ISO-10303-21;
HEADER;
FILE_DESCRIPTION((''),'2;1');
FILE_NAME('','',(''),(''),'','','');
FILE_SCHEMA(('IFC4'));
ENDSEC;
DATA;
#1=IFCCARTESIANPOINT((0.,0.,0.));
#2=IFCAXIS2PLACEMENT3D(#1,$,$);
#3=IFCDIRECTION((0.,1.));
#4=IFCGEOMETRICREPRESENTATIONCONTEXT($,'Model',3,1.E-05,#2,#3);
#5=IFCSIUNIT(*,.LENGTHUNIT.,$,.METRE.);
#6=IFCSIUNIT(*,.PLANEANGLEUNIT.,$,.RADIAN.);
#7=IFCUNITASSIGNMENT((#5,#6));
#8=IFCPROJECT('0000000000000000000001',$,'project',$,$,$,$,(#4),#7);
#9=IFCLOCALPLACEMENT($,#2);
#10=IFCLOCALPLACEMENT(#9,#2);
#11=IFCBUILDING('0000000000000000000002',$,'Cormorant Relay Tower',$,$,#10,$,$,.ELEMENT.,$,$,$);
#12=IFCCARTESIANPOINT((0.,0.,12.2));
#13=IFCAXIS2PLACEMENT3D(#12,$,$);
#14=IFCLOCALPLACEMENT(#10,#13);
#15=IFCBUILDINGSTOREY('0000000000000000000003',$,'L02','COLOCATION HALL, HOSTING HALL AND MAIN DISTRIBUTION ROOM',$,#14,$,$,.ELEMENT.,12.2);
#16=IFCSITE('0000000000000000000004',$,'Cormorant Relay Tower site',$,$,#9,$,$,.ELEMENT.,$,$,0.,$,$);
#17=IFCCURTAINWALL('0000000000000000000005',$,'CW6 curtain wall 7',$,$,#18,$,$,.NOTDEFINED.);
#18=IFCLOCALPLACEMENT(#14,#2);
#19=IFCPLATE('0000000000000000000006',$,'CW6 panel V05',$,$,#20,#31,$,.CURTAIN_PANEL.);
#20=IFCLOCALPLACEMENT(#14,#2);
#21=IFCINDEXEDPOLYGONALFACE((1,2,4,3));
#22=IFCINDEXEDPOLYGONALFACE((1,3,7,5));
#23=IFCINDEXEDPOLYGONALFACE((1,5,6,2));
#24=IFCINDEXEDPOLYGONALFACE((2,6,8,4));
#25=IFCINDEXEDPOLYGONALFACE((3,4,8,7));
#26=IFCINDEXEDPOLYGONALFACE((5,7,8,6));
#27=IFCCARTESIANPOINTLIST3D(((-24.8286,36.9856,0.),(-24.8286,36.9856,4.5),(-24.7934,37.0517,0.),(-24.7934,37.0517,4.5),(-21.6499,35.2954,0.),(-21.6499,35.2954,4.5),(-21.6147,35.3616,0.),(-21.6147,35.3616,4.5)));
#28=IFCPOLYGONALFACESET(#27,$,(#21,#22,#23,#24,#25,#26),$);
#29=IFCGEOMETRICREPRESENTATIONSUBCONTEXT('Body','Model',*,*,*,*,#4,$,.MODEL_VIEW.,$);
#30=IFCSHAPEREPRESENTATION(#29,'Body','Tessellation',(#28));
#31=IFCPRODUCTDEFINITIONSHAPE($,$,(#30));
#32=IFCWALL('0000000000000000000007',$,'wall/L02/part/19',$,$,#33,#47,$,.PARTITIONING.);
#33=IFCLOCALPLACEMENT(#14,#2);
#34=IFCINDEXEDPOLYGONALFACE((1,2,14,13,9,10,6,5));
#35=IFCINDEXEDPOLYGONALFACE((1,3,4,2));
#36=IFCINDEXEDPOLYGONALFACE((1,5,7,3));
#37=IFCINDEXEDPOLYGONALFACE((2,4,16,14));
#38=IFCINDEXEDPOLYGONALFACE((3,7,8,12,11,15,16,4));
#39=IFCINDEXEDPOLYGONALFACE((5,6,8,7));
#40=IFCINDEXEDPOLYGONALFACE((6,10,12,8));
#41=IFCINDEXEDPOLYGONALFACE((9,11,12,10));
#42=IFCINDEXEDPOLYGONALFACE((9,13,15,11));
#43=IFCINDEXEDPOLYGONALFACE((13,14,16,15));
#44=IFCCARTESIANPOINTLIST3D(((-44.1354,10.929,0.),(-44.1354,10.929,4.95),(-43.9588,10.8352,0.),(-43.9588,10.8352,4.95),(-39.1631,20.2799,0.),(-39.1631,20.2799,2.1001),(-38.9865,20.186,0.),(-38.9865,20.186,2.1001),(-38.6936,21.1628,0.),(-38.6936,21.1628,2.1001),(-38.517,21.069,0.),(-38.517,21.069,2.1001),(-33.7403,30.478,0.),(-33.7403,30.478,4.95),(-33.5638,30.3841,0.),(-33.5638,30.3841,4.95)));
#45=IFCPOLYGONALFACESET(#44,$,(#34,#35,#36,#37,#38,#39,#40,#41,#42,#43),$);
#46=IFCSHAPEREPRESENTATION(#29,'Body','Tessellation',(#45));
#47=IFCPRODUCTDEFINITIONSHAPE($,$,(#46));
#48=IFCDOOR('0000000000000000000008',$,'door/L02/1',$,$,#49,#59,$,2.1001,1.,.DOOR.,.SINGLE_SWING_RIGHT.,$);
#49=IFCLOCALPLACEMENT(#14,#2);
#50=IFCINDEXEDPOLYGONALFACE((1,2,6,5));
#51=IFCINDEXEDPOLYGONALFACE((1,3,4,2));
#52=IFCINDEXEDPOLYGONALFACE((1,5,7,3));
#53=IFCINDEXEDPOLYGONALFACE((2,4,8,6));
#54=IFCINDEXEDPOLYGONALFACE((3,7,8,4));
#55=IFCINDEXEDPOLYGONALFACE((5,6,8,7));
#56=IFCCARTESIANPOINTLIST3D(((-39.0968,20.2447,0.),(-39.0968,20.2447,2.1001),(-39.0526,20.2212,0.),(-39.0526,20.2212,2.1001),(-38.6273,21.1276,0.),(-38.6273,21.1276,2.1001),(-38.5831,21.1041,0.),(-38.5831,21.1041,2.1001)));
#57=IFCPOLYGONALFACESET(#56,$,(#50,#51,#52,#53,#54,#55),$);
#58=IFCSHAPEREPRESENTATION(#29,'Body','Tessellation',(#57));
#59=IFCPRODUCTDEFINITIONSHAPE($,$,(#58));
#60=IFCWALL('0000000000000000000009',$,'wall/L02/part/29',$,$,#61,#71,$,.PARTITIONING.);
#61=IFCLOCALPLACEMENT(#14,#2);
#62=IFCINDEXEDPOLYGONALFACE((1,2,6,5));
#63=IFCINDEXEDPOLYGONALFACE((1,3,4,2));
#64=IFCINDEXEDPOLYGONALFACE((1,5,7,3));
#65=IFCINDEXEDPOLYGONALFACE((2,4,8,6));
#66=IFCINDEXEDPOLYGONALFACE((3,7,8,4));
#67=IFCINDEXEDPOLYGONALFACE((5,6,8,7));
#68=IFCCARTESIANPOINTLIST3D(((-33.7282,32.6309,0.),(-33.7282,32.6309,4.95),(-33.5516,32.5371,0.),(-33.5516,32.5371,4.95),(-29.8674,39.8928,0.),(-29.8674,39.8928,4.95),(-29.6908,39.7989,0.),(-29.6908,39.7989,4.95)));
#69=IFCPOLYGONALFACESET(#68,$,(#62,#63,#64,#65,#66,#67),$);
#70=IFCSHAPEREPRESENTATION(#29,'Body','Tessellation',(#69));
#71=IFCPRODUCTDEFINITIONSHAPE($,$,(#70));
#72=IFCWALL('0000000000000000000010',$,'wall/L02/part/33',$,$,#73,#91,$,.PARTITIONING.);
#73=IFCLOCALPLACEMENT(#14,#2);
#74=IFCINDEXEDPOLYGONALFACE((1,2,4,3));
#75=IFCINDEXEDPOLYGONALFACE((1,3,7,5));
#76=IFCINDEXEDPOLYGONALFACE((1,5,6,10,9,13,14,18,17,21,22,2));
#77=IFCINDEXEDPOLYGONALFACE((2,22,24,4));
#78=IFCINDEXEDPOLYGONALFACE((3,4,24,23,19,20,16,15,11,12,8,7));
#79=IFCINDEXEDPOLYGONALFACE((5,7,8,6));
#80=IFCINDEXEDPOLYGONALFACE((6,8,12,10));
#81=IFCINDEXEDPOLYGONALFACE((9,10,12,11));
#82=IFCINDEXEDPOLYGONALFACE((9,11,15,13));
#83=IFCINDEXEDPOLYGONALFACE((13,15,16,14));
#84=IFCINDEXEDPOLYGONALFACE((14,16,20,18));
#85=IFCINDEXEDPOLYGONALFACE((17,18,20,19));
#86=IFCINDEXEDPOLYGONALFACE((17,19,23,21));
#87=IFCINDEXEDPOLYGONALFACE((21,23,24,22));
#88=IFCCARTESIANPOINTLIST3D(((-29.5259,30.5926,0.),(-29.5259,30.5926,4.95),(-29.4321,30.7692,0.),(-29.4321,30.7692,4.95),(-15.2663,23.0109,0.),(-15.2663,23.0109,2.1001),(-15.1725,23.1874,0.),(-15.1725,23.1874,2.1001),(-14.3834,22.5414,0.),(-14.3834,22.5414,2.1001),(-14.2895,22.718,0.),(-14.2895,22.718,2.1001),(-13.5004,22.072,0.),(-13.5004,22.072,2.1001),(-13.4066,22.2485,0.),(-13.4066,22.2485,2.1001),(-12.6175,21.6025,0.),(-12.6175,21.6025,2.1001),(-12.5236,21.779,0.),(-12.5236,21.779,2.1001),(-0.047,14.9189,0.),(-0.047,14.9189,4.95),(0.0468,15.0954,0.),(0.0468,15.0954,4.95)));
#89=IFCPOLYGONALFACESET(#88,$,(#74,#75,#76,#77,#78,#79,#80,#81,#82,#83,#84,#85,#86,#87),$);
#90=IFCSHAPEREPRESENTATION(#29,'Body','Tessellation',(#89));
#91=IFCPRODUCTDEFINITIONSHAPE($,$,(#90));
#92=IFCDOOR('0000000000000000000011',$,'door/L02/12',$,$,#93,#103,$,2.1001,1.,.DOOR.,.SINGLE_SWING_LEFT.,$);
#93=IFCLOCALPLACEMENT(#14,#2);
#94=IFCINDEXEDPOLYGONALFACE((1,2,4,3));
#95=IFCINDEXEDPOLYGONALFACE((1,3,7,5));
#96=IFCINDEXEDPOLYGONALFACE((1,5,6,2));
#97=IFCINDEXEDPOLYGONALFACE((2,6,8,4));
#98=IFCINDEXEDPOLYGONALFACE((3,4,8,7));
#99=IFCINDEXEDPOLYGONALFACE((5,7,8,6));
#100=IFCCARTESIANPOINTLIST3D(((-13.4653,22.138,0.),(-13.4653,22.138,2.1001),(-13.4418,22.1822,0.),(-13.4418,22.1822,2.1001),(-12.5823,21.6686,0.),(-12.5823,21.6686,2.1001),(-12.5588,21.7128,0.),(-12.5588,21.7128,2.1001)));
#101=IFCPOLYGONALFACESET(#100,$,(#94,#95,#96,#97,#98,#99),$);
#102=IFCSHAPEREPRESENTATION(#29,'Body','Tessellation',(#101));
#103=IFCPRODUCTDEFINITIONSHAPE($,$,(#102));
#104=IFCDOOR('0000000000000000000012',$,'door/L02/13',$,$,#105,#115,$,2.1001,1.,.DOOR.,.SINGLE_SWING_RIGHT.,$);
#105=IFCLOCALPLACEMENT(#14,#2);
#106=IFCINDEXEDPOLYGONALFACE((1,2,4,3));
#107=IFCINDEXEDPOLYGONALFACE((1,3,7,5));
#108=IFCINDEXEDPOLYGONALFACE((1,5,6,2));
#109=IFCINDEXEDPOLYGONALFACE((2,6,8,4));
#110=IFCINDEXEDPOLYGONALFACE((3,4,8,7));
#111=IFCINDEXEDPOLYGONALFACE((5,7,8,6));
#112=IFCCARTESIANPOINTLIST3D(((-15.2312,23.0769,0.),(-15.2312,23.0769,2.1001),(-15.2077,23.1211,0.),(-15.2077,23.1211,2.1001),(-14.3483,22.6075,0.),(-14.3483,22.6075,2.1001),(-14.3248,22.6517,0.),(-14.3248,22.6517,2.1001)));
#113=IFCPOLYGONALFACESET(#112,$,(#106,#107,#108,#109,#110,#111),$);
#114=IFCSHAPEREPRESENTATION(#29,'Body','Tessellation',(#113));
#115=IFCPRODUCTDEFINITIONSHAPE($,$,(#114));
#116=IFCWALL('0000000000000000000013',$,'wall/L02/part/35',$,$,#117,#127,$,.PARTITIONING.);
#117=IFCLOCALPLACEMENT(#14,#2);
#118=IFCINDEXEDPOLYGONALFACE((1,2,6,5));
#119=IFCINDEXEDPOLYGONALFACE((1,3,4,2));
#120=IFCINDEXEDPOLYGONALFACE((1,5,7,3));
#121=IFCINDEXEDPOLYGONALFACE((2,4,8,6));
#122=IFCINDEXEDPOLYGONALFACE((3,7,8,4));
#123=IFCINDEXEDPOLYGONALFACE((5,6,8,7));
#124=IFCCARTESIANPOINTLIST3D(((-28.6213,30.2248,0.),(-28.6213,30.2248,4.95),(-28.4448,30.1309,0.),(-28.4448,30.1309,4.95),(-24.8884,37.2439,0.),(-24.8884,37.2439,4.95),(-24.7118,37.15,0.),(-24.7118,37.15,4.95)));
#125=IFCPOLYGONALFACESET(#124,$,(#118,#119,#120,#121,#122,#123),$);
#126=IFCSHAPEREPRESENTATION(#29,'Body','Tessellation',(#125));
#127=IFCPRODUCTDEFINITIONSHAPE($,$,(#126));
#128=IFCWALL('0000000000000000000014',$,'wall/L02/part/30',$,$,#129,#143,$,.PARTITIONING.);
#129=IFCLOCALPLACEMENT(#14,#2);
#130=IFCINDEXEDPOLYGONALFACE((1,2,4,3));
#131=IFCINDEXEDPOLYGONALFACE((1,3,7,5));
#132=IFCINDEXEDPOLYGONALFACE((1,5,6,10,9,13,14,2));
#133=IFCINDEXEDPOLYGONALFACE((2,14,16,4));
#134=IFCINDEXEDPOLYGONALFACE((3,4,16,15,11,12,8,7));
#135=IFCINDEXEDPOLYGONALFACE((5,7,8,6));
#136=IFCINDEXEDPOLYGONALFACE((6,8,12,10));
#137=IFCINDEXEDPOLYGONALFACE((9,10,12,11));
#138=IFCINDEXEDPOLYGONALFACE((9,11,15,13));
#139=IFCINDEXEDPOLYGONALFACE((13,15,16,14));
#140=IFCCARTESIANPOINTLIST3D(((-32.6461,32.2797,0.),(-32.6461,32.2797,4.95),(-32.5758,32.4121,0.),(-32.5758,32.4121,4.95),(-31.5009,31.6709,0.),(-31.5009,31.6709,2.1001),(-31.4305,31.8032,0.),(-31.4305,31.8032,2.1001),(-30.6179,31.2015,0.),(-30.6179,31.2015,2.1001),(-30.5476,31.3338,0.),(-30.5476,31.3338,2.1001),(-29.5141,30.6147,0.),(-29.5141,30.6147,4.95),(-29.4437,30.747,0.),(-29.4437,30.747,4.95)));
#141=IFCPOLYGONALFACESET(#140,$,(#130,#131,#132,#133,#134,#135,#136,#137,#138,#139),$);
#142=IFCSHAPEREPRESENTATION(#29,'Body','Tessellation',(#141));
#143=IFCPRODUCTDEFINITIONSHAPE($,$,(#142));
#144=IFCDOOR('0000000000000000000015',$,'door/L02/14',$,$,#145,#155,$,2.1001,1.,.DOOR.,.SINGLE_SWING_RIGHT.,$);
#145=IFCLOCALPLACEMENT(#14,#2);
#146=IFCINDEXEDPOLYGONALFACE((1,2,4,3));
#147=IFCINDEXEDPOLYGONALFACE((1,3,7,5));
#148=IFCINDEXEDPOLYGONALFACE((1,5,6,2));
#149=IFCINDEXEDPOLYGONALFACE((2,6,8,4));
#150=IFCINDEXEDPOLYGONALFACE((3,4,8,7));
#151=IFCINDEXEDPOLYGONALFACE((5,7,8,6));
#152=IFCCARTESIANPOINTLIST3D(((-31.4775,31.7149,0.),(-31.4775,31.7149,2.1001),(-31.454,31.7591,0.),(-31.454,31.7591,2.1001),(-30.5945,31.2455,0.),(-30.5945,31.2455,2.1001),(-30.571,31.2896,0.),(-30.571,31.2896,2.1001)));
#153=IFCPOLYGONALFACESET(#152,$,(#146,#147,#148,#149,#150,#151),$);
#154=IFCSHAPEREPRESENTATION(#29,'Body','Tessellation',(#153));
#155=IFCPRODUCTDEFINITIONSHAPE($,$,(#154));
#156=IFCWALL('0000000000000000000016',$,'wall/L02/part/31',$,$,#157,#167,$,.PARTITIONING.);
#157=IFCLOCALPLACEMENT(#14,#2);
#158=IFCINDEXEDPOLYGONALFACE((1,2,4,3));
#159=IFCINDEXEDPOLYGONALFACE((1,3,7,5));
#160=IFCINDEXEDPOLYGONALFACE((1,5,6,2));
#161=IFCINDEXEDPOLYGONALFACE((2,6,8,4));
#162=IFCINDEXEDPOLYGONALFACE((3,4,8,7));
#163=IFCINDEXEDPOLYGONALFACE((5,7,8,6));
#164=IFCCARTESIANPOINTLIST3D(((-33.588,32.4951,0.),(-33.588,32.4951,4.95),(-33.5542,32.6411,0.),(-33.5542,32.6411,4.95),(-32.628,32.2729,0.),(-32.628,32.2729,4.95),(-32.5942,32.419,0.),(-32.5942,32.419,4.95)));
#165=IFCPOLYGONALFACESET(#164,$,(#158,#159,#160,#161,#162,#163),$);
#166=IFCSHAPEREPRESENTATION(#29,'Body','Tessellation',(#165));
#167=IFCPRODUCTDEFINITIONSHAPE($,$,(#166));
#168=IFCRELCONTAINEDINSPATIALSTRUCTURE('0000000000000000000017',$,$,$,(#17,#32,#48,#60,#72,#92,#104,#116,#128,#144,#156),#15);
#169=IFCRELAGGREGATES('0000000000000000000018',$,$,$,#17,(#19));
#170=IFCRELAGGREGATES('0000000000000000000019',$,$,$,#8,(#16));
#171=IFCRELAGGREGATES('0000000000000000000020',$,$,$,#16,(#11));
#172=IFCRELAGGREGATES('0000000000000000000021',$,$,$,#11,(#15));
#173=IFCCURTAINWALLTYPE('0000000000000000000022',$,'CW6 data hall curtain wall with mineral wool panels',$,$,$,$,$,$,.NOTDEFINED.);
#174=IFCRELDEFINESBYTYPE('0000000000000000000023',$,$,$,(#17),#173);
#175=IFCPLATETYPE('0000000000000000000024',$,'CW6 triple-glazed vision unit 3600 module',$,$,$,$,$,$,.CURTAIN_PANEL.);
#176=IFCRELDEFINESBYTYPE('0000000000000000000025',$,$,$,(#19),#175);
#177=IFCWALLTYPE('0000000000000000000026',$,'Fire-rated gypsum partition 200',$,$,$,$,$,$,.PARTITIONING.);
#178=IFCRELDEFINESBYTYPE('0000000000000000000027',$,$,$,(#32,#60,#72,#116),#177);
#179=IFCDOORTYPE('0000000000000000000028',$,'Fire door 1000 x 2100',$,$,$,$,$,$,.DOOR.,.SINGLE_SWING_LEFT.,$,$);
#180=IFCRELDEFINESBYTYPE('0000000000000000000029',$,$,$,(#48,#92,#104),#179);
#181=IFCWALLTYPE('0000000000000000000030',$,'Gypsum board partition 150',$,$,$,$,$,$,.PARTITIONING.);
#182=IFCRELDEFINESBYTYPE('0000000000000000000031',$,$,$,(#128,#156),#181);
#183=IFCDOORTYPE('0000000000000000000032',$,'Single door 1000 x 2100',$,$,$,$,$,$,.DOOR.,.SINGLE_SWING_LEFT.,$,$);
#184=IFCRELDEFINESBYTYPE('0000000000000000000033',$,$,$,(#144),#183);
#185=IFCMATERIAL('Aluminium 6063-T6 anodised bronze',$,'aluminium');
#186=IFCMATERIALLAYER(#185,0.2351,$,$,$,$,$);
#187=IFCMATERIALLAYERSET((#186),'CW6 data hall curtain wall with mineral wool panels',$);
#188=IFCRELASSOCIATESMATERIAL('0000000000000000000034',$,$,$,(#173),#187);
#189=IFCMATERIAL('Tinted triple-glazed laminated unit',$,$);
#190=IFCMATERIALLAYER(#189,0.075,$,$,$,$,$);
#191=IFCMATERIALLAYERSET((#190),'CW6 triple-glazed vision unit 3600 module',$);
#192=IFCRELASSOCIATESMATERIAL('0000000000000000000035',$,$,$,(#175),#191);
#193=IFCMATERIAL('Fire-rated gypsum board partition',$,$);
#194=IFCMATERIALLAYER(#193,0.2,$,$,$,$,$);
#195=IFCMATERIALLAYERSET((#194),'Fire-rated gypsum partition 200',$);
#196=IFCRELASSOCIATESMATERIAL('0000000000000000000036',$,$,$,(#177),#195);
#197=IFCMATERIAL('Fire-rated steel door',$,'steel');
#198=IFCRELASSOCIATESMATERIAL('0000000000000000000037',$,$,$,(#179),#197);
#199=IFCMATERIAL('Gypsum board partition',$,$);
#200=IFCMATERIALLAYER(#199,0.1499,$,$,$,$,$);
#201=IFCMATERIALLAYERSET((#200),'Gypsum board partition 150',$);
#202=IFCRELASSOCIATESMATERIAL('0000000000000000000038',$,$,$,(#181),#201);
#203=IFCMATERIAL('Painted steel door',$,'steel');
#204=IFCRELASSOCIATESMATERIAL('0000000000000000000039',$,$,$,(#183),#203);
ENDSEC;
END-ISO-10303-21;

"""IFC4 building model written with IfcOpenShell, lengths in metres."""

from ifc_helpers import new_model, si_unit, direction, frame, frame_2d, origin, origin_2d, place, context, subcontext, project, spatial, rectangle, extrude, material, layer, layer_set, type_object, element, fill, aggregate, save


model = new_model("IFC4")

# Units and contexts
model_context = context("Model", 3, precision=1e-05, world=origin(), true_north=direction((0.0, 1.0)))
body_context = subcontext(model_context, "Body", "Model", "MODEL_VIEW")
ifc_project = project(units=[si_unit("LENGTHUNIT", "METRE"), si_unit("PLANEANGLEUNIT", "RADIAN")], contexts=[model_context])

# Site, building, storey
site_placement = place(None, origin())
site = spatial("IfcSite", under=ifc_project, at=site_placement, Name="Cormorant Relay Tower site", CompositionType="ELEMENT", RefElevation=0.0)
building_placement = place(site_placement, origin())
building = spatial("IfcBuilding", under=site, at=building_placement, Name="Cormorant Relay Tower", CompositionType="ELEMENT")
storey_placement = place(building_placement, frame((0.0, 0.0, 12.2)))
storey = spatial("IfcBuildingStorey", under=building, at=storey_placement, Name="L02", Description="COLOCATION HALL, HOSTING HALL AND MAIN DISTRIBUTION ROOM", CompositionType="ELEMENT", Elevation=12.2)

# Curtain wall
ifc_material_1 = material(Name="Aluminium 6063-T6 anodised bronze", Category="aluminium")
ifc_layer_1 = layer(ifc_material_1, 0.2351)
ifc_layer_set_1 = layer_set([ifc_layer_1], Name="CW6 data hall curtain wall with mineral wool panels")
curtain_wall_type = type_object("IfcCurtainWallType", Name="CW6 data hall curtain wall with mineral wool panels", PredefinedType="NOTDEFINED", material=ifc_layer_set_1)
curtain_wall_1_placement = place(storey_placement, origin())
curtain_wall_1 = element("IfcCurtainWall", 1, at=curtain_wall_1_placement, inside=storey, type_object=curtain_wall_type, Name="CW6 curtain wall 7", PredefinedType="NOTDEFINED")

# Plate
ifc_material_2 = material(Name="Tinted triple-glazed laminated unit")
ifc_layer_2 = layer(ifc_material_2, 0.075)
ifc_layer_set_2 = layer_set([ifc_layer_2], Name="CW6 triple-glazed vision unit 3600 module")
plate_type = type_object("IfcPlateType", Name="CW6 triple-glazed vision unit 3600 module", PredefinedType="CURTAIN_PANEL", material=ifc_layer_set_2)
plate_placement = place(storey_placement, frame((-23.2217, 36.1736, 0.0), z_axis=(0.0, 0.0, 1.0), x_axis=(-0.882948, 0.469472, 0.0)))
plate = element("IfcPlate", 2, at=plate_placement, type_object=plate_type, Name="CW6 panel V05", PredefinedType="CURTAIN_PANEL", context=body_context, shape_type="SweptSolid", body=[
    extrude(rectangle(XDim=3.6001, YDim=0.075, at=origin_2d()), origin(), (0.0, 0.0, 1.0), 4.5),
])

# Wall, opening, door
ifc_material_3 = material(Name="Fire-rated gypsum board partition")
ifc_layer_3 = layer(ifc_material_3, 0.2)
ifc_layer_set_3 = layer_set([ifc_layer_3], Name="Fire-rated gypsum partition 200")
wall_type_1 = type_object("IfcWallType", Name="Fire-rated gypsum partition 200", PredefinedType="PARTITIONING", material=ifc_layer_set_3)
wall_1_placement = place(storey_placement, frame((-33.6521, 30.4309, 0.0), z_axis=(0.0, 0.0, 1.0), x_axis=(-0.469497, -0.882934, 0.0)))
wall_1 = element("IfcWall", 3, at=wall_1_placement, inside=storey, type_object=wall_type_1, Name="wall/L02/part/19", PredefinedType="PARTITIONING", context=body_context, shape_type="SweptSolid", body=[
    extrude(rectangle(XDim=22.1409, YDim=0.2, at=frame_2d((11.0703, 0.0))), origin(), (0.0, 0.0, 1.0), 4.95),
])
opening_1_placement = place(wall_1_placement, frame((10.55, 0.0, 0.0)))
opening_1 = element("IfcOpeningElement", 4, at=opening_1_placement, cuts=wall_1, PredefinedType="OPENING", context=body_context, shape_type="SweptSolid", body=[
    extrude(rectangle(XDim=1.0, YDim=2.1001, at=frame_2d((0.5, 1.05))), frame((0.0, 0.1099, 0.0), z_axis=(0.0, -1.0, 0.0), x_axis=(1.0, 0.0, 0.0)), (0.0, 0.0, 1.0), 0.22),
])
ifc_material_4 = material(Name="Fire-rated steel door", Category="steel")
door_type_1 = type_object("IfcDoorType", Name="Fire door 1000 x 2100", OperationType="SINGLE_SWING_LEFT", PredefinedType="DOOR", material=ifc_material_4)
door_1_placement = place(opening_1_placement, frame((1.0, 0.0, 0.0), z_axis=(0.0, 0.0, 1.0), x_axis=(-1.0, 0.0, 0.0)))
door_1 = element("IfcDoor", 5, at=door_1_placement, inside=storey, type_object=door_type_1, Name="door/L02/1", OperationType="SINGLE_SWING_RIGHT", OverallHeight=2.1001, OverallWidth=1.0, PredefinedType="DOOR", context=body_context, shape_type="SweptSolid", body=[
    extrude(rectangle(XDim=1.0, YDim=2.1001, at=frame_2d((0.5, 1.05))), frame((0.0, 0.0249, 0.0), z_axis=(0.0, -1.0, 0.0), x_axis=(1.0, 0.0, 0.0)), (0.0, 0.0, 1.0), 0.05),
])
fill(opening_1, door_1)

# Wall
wall_2_placement = place(storey_placement, frame((-29.7791, 39.8459, 0.0), z_axis=(0.0, 0.0, 1.0), x_axis=(-0.469432, -0.882968, 0.0)))
element("IfcWall", 6, at=wall_2_placement, inside=storey, type_object=wall_type_1, Name="wall/L02/part/29", PredefinedType="PARTITIONING", context=body_context, shape_type="SweptSolid", body=[
    extrude(rectangle(XDim=8.2244, YDim=0.2, at=frame_2d((4.1123, 0.0))), origin(), (0.0, 0.0, 1.0), 4.95),
])

# Wall, openings, doors
wall_3_placement = place(storey_placement, frame((-29.479, 30.6809, 0.0), z_axis=(0.0, 0.0, 1.0), x_axis=(0.882953, -0.469461, 0.0)))
wall_3 = element("IfcWall", 7, at=wall_3_placement, inside=storey, type_object=wall_type_1, Name="wall/L02/part/33", PredefinedType="PARTITIONING", context=body_context, shape_type="SweptSolid", body=[
    extrude(rectangle(XDim=33.3867, YDim=0.2, at=frame_2d((16.6934, 0.0))), origin(), (0.0, 0.0, 1.0), 4.95),
])
opening_2_placement = place(wall_3_placement, frame((18.1499, 0.0, 0.0)))
opening_2 = element("IfcOpeningElement", 8, at=opening_2_placement, cuts=wall_3, PredefinedType="OPENING", context=body_context, shape_type="SweptSolid", body=[
    extrude(rectangle(XDim=1.0, YDim=2.1001, at=frame_2d((0.5, 1.05))), frame((0.0, 0.1099, 0.0), z_axis=(0.0, -1.0, 0.0), x_axis=(1.0, 0.0, 0.0)), (0.0, 0.0, 1.0), 0.22),
])
opening_3_placement = place(wall_3_placement, frame((16.1499, 0.0, 0.0)))
opening_3 = element("IfcOpeningElement", 9, at=opening_3_placement, cuts=wall_3, PredefinedType="OPENING", context=body_context, shape_type="SweptSolid", body=[
    extrude(rectangle(XDim=1.0, YDim=2.1001, at=frame_2d((0.5, 1.05))), frame((0.0, 0.1099, 0.0), z_axis=(0.0, -1.0, 0.0), x_axis=(1.0, 0.0, 0.0)), (0.0, 0.0, 1.0), 0.22),
])
door_2_placement = place(opening_2_placement, origin())
door_2 = element("IfcDoor", 10, at=door_2_placement, inside=storey, type_object=door_type_1, Name="door/L02/12", OperationType="SINGLE_SWING_LEFT", OverallHeight=2.1001, OverallWidth=1.0, PredefinedType="DOOR", context=body_context, shape_type="SweptSolid", body=[
    extrude(rectangle(XDim=1.0, YDim=2.1001, at=frame_2d((0.5, 1.05))), frame((0.0, 0.0249, 0.0), z_axis=(0.0, -1.0, 0.0), x_axis=(1.0, 0.0, 0.0)), (0.0, 0.0, 1.0), 0.05),
])
fill(opening_2, door_2)
door_3_placement = place(opening_3_placement, origin())
door_3 = element("IfcDoor", 11, at=door_3_placement, inside=storey, type_object=door_type_1, Name="door/L02/13", OperationType="SINGLE_SWING_RIGHT", OverallHeight=2.1001, OverallWidth=1.0, PredefinedType="DOOR", context=body_context, shape_type="SweptSolid", body=[
    extrude(rectangle(XDim=1.0, YDim=2.1001, at=frame_2d((0.5, 1.05))), frame((0.0, 0.0249, 0.0), z_axis=(0.0, -1.0, 0.0), x_axis=(1.0, 0.0, 0.0)), (0.0, 0.0, 1.0), 0.05),
])
fill(opening_3, door_3)

# Wall
wall_4_placement = place(storey_placement, frame((-24.8, 37.197, 0.0), z_axis=(0.0, 0.0, 1.0), x_axis=(-0.469552, -0.882905, 0.0)))
element("IfcWall", 12, at=wall_4_placement, inside=storey, type_object=wall_type_1, Name="wall/L02/part/35", PredefinedType="PARTITIONING", context=body_context, shape_type="SweptSolid", body=[
    extrude(rectangle(XDim=7.95, YDim=0.2, at=frame_2d((3.9751, 0.0))), origin(), (0.0, 0.0, 1.0), 4.95),
])

# Wall, opening, door
ifc_material_5 = material(Name="Gypsum board partition")
ifc_layer_4 = layer(ifc_material_5, 0.1499)
ifc_layer_set_4 = layer_set([ifc_layer_4], Name="Gypsum board partition 150")
wall_type_2 = type_object("IfcWallType", Name="Gypsum board partition 150", PredefinedType="PARTITIONING", material=ifc_layer_set_4)
wall_5_placement = place(storey_placement, frame((-29.479, 30.6809, 0.0), z_axis=(0.0, 0.0, 1.0), x_axis=(-0.882985, 0.469402, 0.0)))
wall_5 = element("IfcWall", 13, at=wall_5_placement, inside=storey, type_object=wall_type_2, Name="wall/L02/part/30", PredefinedType="PARTITIONING", context=body_context, shape_type="SweptSolid", body=[
    extrude(rectangle(XDim=3.5471, YDim=0.1499, at=frame_2d((1.7734, 0.0))), origin(), (0.0, 0.0, 1.0), 4.95),
])
opening_4_placement = place(wall_5_placement, frame((1.25, 0.0, 0.0)))
opening_4 = element("IfcOpeningElement", 14, at=opening_4_placement, cuts=wall_5, PredefinedType="OPENING", context=body_context, shape_type="SweptSolid", body=[
    extrude(rectangle(XDim=1.0, YDim=2.1001, at=frame_2d((0.5, 1.05))), frame((0.0, 0.085, 0.0), z_axis=(0.0, -1.0, 0.0), x_axis=(1.0, 0.0, 0.0)), (0.0, 0.0, 1.0), 0.1699),
])
ifc_material_6 = material(Name="Painted steel door", Category="steel")
door_type_2 = type_object("IfcDoorType", Name="Single door 1000 x 2100", OperationType="SINGLE_SWING_LEFT", PredefinedType="DOOR", material=ifc_material_6)
door_4_placement = place(opening_4_placement, frame((1.0, 0.0, 0.0), z_axis=(0.0, 0.0, 1.0), x_axis=(-1.0, 0.0, 0.0)))
door_4 = element("IfcDoor", 15, at=door_4_placement, inside=storey, type_object=door_type_2, Name="door/L02/14", OperationType="SINGLE_SWING_RIGHT", OverallHeight=2.1001, OverallWidth=1.0, PredefinedType="DOOR", context=body_context, shape_type="SweptSolid", body=[
    extrude(rectangle(XDim=1.0, YDim=2.1001, at=frame_2d((0.5, 1.05))), frame((0.0, 0.0249, 0.0), z_axis=(0.0, -1.0, 0.0), x_axis=(1.0, 0.0, 0.0)), (0.0, 0.0, 1.0), 0.05),
])
fill(opening_4, door_4)

# Wall
wall_6_placement = place(storey_placement, frame((-32.6111, 32.3459, 0.0), z_axis=(0.0, 0.0, 1.0), x_axis=(-0.974249, 0.225475, 0.0)))
element("IfcWall", 16, at=wall_6_placement, inside=storey, type_object=wall_type_2, Name="wall/L02/part/31", PredefinedType="PARTITIONING", context=body_context, shape_type="SweptSolid", body=[
    extrude(rectangle(XDim=0.9854, YDim=0.1499, at=frame_2d((0.4927, 0.0))), origin(), (0.0, 0.0, 1.0), 4.95),
])

aggregate(curtain_wall_1, [plate])

save(model, "model.ifc")
